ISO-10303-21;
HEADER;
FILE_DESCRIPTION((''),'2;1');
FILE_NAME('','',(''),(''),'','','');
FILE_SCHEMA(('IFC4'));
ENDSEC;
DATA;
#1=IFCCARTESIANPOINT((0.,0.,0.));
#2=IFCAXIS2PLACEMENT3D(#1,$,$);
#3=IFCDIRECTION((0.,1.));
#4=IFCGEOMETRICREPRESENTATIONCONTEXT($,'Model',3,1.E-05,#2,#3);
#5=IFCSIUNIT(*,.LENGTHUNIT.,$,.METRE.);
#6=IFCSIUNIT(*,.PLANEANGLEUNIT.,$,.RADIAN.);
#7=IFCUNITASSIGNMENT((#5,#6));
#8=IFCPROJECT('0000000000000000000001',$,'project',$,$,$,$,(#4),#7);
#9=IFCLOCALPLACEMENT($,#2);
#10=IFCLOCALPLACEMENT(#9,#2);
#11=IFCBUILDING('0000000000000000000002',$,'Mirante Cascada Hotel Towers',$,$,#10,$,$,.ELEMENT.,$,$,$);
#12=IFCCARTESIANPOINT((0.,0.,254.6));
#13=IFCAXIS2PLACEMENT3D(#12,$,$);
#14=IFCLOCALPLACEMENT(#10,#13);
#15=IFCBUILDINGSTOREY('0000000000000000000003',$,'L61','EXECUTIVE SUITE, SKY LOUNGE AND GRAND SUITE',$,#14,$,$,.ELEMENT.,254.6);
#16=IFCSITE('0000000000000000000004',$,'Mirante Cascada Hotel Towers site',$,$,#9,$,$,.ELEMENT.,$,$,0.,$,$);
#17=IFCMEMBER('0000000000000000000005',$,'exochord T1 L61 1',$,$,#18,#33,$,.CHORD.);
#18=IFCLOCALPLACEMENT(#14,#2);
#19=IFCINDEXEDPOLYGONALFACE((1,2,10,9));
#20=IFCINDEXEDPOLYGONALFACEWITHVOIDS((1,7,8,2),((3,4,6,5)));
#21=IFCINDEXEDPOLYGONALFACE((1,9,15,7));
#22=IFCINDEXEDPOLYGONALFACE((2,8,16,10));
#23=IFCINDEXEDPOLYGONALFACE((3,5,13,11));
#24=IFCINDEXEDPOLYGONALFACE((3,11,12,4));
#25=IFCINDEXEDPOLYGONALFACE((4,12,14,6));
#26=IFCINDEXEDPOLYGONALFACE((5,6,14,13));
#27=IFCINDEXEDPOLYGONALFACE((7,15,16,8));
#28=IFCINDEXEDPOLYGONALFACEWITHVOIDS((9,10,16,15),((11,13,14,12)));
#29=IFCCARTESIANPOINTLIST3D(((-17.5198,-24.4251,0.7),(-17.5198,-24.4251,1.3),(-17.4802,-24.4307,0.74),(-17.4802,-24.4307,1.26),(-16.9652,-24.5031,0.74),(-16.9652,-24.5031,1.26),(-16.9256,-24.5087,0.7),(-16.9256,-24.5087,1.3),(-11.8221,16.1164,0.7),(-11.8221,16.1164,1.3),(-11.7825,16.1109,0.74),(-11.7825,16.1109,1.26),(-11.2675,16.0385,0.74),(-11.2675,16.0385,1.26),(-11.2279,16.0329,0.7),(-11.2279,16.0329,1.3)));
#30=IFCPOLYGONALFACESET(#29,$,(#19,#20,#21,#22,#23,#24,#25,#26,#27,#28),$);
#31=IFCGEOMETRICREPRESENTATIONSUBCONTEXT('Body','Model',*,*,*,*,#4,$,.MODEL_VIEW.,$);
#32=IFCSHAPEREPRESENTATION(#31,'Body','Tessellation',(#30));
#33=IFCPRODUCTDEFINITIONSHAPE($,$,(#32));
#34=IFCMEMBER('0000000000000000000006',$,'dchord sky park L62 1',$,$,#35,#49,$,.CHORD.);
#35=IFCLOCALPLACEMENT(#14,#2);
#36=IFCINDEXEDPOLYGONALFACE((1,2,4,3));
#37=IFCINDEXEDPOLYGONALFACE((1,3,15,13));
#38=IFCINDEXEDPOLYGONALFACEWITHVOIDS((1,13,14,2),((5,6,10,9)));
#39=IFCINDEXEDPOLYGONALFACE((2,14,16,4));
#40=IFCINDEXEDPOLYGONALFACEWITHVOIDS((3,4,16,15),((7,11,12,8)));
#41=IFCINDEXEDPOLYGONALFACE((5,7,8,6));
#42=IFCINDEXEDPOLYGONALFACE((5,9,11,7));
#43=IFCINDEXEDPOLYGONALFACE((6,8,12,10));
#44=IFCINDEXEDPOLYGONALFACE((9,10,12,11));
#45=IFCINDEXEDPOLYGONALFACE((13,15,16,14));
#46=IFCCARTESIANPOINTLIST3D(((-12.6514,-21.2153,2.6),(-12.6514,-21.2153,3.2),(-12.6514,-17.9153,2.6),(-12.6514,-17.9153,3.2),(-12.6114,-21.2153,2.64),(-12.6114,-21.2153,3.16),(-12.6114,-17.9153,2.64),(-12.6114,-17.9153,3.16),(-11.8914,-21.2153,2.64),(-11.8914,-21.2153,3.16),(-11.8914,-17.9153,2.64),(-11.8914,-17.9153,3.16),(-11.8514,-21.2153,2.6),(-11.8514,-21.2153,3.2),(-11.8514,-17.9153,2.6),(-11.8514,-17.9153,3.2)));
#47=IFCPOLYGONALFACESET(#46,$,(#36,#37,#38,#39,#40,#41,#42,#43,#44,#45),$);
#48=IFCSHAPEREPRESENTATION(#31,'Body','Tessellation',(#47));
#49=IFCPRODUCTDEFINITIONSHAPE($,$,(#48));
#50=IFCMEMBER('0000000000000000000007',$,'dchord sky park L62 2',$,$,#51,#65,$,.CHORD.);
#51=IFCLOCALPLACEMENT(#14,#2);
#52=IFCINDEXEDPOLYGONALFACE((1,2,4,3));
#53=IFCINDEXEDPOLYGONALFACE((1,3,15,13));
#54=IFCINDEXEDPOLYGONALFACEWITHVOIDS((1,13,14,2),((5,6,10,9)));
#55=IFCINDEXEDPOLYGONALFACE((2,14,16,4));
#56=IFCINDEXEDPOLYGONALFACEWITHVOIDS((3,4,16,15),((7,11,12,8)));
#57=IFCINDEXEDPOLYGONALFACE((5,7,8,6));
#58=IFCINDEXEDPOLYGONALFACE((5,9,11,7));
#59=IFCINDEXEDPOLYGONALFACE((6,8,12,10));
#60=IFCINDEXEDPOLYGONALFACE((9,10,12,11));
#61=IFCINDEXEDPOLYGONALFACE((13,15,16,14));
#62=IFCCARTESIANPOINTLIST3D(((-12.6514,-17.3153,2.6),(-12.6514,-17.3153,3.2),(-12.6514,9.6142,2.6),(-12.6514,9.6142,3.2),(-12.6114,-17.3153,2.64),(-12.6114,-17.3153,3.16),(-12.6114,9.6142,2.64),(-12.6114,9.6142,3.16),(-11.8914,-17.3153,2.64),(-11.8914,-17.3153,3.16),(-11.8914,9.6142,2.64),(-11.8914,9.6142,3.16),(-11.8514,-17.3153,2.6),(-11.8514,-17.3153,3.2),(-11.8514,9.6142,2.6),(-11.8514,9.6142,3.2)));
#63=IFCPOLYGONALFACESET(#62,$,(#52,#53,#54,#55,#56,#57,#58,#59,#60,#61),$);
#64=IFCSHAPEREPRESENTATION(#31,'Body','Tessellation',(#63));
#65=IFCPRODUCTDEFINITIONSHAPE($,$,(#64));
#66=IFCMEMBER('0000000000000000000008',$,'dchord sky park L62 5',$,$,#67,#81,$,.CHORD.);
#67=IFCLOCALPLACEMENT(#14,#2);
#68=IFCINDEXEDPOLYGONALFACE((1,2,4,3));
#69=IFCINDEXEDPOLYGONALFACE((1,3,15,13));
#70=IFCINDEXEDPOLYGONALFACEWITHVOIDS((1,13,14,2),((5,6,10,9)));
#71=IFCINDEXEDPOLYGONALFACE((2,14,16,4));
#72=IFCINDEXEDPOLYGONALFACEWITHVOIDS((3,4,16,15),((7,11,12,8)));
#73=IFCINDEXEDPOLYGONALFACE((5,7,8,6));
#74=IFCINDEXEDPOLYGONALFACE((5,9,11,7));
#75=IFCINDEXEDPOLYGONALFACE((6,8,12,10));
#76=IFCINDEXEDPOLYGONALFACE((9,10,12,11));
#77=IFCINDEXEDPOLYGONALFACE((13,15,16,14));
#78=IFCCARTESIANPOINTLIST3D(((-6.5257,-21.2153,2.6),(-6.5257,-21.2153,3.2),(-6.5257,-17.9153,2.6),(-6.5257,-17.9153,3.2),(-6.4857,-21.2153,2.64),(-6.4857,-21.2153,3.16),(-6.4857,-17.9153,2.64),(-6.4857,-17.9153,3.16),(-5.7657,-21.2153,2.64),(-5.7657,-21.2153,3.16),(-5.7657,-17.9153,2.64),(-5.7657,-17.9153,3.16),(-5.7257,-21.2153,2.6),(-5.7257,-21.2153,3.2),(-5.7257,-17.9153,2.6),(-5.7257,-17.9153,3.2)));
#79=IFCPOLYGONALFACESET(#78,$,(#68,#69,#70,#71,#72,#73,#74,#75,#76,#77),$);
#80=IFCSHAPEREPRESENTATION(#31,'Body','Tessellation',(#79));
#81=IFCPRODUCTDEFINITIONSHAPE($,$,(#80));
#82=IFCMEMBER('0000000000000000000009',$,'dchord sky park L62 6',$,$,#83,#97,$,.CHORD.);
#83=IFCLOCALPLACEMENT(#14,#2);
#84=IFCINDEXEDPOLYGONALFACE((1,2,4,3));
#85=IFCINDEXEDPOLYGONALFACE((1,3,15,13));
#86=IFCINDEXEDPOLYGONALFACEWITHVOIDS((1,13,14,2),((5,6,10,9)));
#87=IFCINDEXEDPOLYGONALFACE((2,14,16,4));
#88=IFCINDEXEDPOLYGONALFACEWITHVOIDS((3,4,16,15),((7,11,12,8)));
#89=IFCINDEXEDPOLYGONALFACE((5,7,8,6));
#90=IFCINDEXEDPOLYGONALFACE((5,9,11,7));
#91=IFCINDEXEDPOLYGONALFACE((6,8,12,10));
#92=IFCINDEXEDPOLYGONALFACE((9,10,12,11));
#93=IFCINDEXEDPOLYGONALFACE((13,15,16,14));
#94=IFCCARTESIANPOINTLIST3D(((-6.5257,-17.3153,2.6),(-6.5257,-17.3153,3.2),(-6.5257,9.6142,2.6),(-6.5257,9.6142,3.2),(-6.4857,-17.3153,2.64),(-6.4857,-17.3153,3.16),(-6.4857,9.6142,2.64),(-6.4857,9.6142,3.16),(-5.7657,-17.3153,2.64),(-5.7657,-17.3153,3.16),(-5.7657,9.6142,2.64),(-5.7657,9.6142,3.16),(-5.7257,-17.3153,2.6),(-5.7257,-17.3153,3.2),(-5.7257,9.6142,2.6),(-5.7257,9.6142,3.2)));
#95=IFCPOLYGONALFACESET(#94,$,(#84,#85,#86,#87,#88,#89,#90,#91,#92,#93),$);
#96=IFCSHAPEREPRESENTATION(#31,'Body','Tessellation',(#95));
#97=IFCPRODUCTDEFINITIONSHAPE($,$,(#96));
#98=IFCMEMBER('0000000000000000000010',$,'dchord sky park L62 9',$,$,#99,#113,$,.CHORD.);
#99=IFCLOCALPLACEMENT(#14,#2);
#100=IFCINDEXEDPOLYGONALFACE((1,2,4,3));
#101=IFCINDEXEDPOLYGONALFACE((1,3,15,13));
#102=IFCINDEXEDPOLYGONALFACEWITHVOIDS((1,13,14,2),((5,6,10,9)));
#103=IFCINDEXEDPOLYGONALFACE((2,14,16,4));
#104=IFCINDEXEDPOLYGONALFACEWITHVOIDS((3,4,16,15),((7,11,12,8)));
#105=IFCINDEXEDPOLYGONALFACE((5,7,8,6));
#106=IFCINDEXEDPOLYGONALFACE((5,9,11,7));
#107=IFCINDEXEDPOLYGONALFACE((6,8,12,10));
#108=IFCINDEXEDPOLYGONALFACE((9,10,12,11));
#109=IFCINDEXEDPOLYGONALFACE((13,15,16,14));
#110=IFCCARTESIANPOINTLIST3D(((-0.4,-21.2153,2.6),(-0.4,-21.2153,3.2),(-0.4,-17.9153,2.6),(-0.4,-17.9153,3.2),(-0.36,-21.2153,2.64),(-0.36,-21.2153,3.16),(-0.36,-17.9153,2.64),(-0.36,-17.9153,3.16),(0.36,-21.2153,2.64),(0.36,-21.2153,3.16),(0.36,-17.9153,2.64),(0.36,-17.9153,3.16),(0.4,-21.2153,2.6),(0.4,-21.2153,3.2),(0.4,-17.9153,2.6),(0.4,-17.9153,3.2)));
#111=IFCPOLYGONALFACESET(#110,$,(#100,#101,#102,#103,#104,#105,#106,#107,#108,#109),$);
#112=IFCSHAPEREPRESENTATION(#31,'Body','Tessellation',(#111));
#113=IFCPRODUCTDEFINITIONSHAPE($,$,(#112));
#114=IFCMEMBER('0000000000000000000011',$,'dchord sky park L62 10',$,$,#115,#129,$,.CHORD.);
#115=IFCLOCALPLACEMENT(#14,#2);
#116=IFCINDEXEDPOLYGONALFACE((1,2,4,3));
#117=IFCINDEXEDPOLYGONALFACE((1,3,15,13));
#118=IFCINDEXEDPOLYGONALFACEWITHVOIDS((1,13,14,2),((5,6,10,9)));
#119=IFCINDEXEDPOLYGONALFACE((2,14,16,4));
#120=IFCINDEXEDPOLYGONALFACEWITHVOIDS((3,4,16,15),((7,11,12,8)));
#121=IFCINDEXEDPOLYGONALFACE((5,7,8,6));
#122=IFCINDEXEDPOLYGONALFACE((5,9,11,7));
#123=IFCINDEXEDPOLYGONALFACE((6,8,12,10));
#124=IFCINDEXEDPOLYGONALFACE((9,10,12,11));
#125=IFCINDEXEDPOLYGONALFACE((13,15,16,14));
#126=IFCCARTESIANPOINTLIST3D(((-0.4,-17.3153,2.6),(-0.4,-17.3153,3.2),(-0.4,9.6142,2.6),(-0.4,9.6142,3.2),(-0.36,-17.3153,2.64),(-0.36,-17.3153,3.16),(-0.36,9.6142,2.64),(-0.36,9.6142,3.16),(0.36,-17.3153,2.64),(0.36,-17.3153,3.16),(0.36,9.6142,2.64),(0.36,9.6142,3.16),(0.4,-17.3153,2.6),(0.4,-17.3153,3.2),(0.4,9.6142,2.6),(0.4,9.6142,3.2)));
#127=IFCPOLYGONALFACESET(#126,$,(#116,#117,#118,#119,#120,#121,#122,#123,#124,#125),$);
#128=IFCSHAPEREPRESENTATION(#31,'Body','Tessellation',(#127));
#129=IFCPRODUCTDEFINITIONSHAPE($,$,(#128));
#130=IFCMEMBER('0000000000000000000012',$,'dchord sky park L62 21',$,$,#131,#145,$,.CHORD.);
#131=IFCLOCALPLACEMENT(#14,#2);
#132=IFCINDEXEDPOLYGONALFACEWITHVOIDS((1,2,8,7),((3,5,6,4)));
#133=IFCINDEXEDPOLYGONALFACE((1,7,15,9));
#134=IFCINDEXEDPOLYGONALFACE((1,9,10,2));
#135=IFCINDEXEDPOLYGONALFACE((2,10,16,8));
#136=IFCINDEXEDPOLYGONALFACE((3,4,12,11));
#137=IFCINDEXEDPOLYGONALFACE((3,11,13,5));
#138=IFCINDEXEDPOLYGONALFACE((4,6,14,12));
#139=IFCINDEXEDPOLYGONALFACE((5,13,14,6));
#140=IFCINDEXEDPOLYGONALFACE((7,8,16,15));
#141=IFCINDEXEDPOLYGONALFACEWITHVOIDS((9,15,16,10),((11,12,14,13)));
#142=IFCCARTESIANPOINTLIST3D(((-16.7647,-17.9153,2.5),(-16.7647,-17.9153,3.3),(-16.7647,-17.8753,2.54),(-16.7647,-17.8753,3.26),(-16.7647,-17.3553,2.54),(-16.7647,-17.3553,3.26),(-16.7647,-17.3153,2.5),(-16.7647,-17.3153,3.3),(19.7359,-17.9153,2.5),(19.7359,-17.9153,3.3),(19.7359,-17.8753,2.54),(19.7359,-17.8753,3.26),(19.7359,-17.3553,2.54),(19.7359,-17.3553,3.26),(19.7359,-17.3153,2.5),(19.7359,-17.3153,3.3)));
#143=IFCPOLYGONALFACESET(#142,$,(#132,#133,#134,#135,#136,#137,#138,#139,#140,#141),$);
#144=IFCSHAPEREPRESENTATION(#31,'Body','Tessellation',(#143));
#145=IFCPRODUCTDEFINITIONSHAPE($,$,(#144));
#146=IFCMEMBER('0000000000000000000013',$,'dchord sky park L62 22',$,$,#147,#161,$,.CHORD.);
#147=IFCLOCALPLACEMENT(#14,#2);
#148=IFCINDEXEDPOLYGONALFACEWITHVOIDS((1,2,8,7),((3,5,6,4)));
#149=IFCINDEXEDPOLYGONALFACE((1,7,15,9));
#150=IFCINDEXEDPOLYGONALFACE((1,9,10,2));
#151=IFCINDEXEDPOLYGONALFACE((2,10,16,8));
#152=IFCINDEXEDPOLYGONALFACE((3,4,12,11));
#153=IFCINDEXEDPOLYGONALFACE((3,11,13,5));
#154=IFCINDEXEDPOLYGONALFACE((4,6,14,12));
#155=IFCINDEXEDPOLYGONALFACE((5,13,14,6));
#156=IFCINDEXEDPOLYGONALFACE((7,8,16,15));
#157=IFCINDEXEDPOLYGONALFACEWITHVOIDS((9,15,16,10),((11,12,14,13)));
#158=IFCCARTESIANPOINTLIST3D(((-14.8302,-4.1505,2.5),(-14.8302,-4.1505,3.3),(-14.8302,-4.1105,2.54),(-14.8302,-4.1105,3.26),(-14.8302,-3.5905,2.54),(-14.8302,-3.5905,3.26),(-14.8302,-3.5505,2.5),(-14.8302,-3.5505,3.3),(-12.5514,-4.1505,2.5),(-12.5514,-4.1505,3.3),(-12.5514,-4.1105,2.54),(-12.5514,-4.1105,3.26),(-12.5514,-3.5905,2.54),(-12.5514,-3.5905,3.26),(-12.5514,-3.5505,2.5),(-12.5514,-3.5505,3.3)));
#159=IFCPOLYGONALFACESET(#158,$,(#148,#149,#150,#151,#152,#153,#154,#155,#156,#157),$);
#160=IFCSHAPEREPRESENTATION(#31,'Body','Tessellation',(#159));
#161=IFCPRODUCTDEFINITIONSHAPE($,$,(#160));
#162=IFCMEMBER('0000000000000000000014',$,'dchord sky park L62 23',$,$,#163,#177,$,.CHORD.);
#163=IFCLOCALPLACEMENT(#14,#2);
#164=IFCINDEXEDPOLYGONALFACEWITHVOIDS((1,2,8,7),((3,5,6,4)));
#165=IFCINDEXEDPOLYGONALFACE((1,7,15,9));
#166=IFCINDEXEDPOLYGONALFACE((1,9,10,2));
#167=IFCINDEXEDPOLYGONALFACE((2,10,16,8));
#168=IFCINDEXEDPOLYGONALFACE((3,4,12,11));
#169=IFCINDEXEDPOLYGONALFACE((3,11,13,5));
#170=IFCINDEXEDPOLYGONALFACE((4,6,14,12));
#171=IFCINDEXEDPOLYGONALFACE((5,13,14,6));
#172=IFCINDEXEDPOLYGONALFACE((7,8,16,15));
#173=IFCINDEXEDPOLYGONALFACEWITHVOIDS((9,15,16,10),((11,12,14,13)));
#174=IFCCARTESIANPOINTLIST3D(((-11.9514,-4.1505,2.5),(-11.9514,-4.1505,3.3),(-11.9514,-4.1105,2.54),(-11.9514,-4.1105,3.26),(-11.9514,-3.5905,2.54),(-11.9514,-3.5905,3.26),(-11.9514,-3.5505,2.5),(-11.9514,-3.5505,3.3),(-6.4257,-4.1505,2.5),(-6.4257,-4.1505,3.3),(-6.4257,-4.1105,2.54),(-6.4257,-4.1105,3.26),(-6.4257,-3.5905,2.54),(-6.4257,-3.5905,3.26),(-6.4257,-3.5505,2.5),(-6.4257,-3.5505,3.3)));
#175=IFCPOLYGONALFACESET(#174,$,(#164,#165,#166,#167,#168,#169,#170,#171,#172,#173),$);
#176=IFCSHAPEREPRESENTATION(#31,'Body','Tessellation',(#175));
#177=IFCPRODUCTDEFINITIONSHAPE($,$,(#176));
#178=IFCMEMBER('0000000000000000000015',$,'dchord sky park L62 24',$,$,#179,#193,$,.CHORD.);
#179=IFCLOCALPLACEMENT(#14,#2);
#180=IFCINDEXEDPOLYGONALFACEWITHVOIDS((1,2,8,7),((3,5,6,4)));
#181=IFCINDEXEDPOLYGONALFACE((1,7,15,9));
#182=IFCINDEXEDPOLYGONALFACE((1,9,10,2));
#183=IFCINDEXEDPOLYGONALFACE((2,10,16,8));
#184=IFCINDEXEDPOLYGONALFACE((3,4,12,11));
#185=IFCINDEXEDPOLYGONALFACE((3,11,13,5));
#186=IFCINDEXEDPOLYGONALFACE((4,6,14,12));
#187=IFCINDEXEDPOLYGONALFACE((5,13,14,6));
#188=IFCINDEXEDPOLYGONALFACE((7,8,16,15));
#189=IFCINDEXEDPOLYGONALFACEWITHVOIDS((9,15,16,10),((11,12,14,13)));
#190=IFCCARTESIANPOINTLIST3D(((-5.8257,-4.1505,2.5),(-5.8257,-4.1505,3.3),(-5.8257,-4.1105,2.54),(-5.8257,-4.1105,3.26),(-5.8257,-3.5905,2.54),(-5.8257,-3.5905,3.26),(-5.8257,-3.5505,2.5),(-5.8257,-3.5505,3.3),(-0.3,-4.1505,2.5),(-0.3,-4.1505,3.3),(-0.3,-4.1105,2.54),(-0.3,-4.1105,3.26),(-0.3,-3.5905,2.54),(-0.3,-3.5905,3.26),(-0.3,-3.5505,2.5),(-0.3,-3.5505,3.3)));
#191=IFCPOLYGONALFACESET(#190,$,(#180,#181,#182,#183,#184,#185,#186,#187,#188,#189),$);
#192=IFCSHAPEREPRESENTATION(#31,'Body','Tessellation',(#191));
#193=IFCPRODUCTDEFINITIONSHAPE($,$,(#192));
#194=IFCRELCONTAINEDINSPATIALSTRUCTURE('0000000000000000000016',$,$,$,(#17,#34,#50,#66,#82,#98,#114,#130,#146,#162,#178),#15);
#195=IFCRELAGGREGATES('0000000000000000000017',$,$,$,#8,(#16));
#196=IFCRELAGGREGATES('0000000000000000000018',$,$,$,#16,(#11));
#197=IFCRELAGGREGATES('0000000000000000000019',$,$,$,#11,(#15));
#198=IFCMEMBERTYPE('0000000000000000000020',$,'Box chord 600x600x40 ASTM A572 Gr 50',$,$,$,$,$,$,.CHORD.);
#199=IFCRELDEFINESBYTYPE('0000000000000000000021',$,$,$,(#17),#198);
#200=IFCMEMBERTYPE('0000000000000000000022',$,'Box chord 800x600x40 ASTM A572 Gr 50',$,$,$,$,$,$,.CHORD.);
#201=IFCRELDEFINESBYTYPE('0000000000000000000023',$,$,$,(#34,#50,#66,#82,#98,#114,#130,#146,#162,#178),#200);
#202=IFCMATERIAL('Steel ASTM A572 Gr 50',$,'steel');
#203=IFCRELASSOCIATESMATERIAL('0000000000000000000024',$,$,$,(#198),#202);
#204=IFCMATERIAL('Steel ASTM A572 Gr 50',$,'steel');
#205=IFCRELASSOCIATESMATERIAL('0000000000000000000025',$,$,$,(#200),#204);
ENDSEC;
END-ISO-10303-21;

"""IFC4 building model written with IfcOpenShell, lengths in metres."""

from ifc_helpers import new_model, si_unit, direction, frame, origin, origin_2d, place, context, subcontext, project, spatial, hollow_rectangle, extrude, material, material_profile, profile_set, type_object, element, save


model = new_model("IFC4")

# Units and contexts
model_context = context("Model", 3, precision=1e-05, world=origin(), true_north=direction((0.0, 1.0)))
body_context = subcontext(model_context, "Body", "Model", "MODEL_VIEW")
ifc_project = project(units=[si_unit("LENGTHUNIT", "METRE"), si_unit("PLANEANGLEUNIT", "RADIAN")], contexts=[model_context])

# Site, building, storey
site_placement = place(None, origin())
site = spatial("IfcSite", under=ifc_project, at=site_placement, Name="Mirante Cascada Hotel Towers site", CompositionType="ELEMENT", RefElevation=0.0)
building_placement = place(site_placement, origin())
building = spatial("IfcBuilding", under=site, at=building_placement, Name="Mirante Cascada Hotel Towers", CompositionType="ELEMENT")
storey_placement = place(building_placement, frame((0.0, 0.0, 254.6)))
storey = spatial("IfcBuildingStorey", under=building, at=storey_placement, Name="L61", Description="EXECUTIVE SUITE, SKY LOUNGE AND GRAND SUITE", CompositionType="ELEMENT", Elevation=254.6)

# Members
ifc_material_1 = material(Name="Steel ASTM A572 Gr 50", Category="steel")
ifc_material_profile_1 = material_profile(ifc_material_1, hollow_rectangle(XDim=0.6, YDim=0.6, WallThickness=0.04, at=origin_2d()), Name="Box chord 600x600x40 ASTM A572 Gr 50")
ifc_profile_set_1 = profile_set([ifc_material_profile_1], Name="Steel ASTM A572 Gr 50")
member_type_1 = type_object("IfcMemberType", Name="Box chord 600x600x40 ASTM A572 Gr 50", PredefinedType="CHORD", material=ifc_profile_set_1)
member_1_placement = place(storey_placement, frame((-17.2227, -24.4669, 1.0), z_axis=(0.139172, 0.990268, 0.0), x_axis=(-0.990268, 0.139172, 0.0)))
element("IfcMember", 1, at=member_1_placement, inside=storey, type_object=member_type_1, Name="exochord T1 L61 1", PredefinedType="CHORD", context=body_context, shape_type="SweptSolid", body=[
    extrude(hollow_rectangle(XDim=0.6, YDim=0.6, WallThickness=0.04, at=origin_2d()), origin(), (0.0, 0.0, 1.0), 40.94),
])
ifc_material_2 = material(Name="Steel ASTM A572 Gr 50", Category="steel")
ifc_material_profile_2 = material_profile(ifc_material_2, hollow_rectangle(XDim=0.6, YDim=0.8, WallThickness=0.04, at=origin_2d()), Name="Box chord 800x600x40 ASTM A572 Gr 50")
ifc_profile_set_2 = profile_set([ifc_material_profile_2], Name="Steel ASTM A572 Gr 50")
member_type_2 = type_object("IfcMemberType", Name="Box chord 800x600x40 ASTM A572 Gr 50", PredefinedType="CHORD", material=ifc_profile_set_2)
member_2_placement = place(storey_placement, frame((-12.2514, -21.2153, 2.9), z_axis=(0.0, 1.0, 0.0), x_axis=(0.0, 0.0, 1.0)))
element("IfcMember", 2, at=member_2_placement, inside=storey, type_object=member_type_2, Name="dchord sky park L62 1", PredefinedType="CHORD", context=body_context, shape_type="SweptSolid", body=[
    extrude(hollow_rectangle(XDim=0.6, YDim=0.8, WallThickness=0.04, at=origin_2d()), origin(), (0.0, 0.0, 1.0), 3.3),
])
member_3_placement = place(storey_placement, frame((-12.2514, -17.3153, 2.9), z_axis=(0.0, 1.0, 0.0), x_axis=(0.0, 0.0, 1.0)))
element("IfcMember", 3, at=member_3_placement, inside=storey, type_object=member_type_2, Name="dchord sky park L62 2", PredefinedType="CHORD", context=body_context, shape_type="SweptSolid", body=[
    extrude(hollow_rectangle(XDim=0.6, YDim=0.8, WallThickness=0.04, at=origin_2d()), origin(), (0.0, 0.0, 1.0), 26.9295),
])
member_4_placement = place(storey_placement, frame((-6.1257, -21.2153, 2.9), z_axis=(0.0, 1.0, 0.0), x_axis=(0.0, 0.0, 1.0)))
element("IfcMember", 4, at=member_4_placement, inside=storey, type_object=member_type_2, Name="dchord sky park L62 5", PredefinedType="CHORD", context=body_context, shape_type="SweptSolid", body=[
    extrude(hollow_rectangle(XDim=0.6, YDim=0.8, WallThickness=0.04, at=origin_2d()), origin(), (0.0, 0.0, 1.0), 3.3),
])
member_5_placement = place(storey_placement, frame((-6.1257, -17.3153, 2.9), z_axis=(0.0, 1.0, 0.0), x_axis=(0.0, 0.0, 1.0)))
element("IfcMember", 5, at=member_5_placement, inside=storey, type_object=member_type_2, Name="dchord sky park L62 6", PredefinedType="CHORD", context=body_context, shape_type="SweptSolid", body=[
    extrude(hollow_rectangle(XDim=0.6, YDim=0.8, WallThickness=0.04, at=origin_2d()), origin(), (0.0, 0.0, 1.0), 26.9295),
])
member_6_placement = place(storey_placement, frame((0.0, -21.2153, 2.9), z_axis=(0.0, 1.0, 0.0), x_axis=(0.0, 0.0, 1.0)))
element("IfcMember", 6, at=member_6_placement, inside=storey, type_object=member_type_2, Name="dchord sky park L62 9", PredefinedType="CHORD", context=body_context, shape_type="SweptSolid", body=[
    extrude(hollow_rectangle(XDim=0.6, YDim=0.8, WallThickness=0.04, at=origin_2d()), origin(), (0.0, 0.0, 1.0), 3.3),
])
member_7_placement = place(storey_placement, frame((0.0, -17.3153, 2.9), z_axis=(0.0, 1.0, 0.0), x_axis=(0.0, 0.0, 1.0)))
element("IfcMember", 7, at=member_7_placement, inside=storey, type_object=member_type_2, Name="dchord sky park L62 10", PredefinedType="CHORD", context=body_context, shape_type="SweptSolid", body=[
    extrude(hollow_rectangle(XDim=0.6, YDim=0.8, WallThickness=0.04, at=origin_2d()), origin(), (0.0, 0.0, 1.0), 26.9295),
])
member_8_placement = place(storey_placement, frame((-16.7647, -17.6153, 2.9), z_axis=(1.0, 0.0, 0.0), x_axis=(0.0, 1.0, 0.0)))
element("IfcMember", 8, at=member_8_placement, inside=storey, type_object=member_type_2, Name="dchord sky park L62 21", PredefinedType="CHORD", context=body_context, shape_type="SweptSolid", body=[
    extrude(hollow_rectangle(XDim=0.6, YDim=0.8, WallThickness=0.04, at=origin_2d()), origin(), (0.0, 0.0, 1.0), 36.5006),
])
member_9_placement = place(storey_placement, frame((-14.8302, -3.8505, 2.9), z_axis=(1.0, 0.0, 0.0), x_axis=(0.0, 1.0, 0.0)))
element("IfcMember", 9, at=member_9_placement, inside=storey, type_object=member_type_2, Name="dchord sky park L62 22", PredefinedType="CHORD", context=body_context, shape_type="SweptSolid", body=[
    extrude(hollow_rectangle(XDim=0.6, YDim=0.8, WallThickness=0.04, at=origin_2d()), origin(), (0.0, 0.0, 1.0), 2.2788),
])
for number, where, z_axis, x_axis, name in (
    (10, (-11.9514, -3.8505, 2.9), (1.0, 0.0, 0.0), (0.0, 1.0, 0.0), "dchord sky park L62 23"),
    (11, (-5.8257, -3.8505, 2.9), (1.0, 0.0, 0.0), (0.0, 1.0, 0.0), "dchord sky park L62 24"),
):
    element("IfcMember", number, at=place(storey_placement, frame(where, z_axis=z_axis, x_axis=x_axis)), inside=storey, type_object=member_type_2, Name=name, PredefinedType="CHORD", context=body_context, shape_type="SweptSolid", body=[
        extrude(hollow_rectangle(XDim=0.6, YDim=0.8, WallThickness=0.04, at=origin_2d()), origin(), (0.0, 0.0, 1.0), 5.5257),
    ])

save(model, "model.ifc")
